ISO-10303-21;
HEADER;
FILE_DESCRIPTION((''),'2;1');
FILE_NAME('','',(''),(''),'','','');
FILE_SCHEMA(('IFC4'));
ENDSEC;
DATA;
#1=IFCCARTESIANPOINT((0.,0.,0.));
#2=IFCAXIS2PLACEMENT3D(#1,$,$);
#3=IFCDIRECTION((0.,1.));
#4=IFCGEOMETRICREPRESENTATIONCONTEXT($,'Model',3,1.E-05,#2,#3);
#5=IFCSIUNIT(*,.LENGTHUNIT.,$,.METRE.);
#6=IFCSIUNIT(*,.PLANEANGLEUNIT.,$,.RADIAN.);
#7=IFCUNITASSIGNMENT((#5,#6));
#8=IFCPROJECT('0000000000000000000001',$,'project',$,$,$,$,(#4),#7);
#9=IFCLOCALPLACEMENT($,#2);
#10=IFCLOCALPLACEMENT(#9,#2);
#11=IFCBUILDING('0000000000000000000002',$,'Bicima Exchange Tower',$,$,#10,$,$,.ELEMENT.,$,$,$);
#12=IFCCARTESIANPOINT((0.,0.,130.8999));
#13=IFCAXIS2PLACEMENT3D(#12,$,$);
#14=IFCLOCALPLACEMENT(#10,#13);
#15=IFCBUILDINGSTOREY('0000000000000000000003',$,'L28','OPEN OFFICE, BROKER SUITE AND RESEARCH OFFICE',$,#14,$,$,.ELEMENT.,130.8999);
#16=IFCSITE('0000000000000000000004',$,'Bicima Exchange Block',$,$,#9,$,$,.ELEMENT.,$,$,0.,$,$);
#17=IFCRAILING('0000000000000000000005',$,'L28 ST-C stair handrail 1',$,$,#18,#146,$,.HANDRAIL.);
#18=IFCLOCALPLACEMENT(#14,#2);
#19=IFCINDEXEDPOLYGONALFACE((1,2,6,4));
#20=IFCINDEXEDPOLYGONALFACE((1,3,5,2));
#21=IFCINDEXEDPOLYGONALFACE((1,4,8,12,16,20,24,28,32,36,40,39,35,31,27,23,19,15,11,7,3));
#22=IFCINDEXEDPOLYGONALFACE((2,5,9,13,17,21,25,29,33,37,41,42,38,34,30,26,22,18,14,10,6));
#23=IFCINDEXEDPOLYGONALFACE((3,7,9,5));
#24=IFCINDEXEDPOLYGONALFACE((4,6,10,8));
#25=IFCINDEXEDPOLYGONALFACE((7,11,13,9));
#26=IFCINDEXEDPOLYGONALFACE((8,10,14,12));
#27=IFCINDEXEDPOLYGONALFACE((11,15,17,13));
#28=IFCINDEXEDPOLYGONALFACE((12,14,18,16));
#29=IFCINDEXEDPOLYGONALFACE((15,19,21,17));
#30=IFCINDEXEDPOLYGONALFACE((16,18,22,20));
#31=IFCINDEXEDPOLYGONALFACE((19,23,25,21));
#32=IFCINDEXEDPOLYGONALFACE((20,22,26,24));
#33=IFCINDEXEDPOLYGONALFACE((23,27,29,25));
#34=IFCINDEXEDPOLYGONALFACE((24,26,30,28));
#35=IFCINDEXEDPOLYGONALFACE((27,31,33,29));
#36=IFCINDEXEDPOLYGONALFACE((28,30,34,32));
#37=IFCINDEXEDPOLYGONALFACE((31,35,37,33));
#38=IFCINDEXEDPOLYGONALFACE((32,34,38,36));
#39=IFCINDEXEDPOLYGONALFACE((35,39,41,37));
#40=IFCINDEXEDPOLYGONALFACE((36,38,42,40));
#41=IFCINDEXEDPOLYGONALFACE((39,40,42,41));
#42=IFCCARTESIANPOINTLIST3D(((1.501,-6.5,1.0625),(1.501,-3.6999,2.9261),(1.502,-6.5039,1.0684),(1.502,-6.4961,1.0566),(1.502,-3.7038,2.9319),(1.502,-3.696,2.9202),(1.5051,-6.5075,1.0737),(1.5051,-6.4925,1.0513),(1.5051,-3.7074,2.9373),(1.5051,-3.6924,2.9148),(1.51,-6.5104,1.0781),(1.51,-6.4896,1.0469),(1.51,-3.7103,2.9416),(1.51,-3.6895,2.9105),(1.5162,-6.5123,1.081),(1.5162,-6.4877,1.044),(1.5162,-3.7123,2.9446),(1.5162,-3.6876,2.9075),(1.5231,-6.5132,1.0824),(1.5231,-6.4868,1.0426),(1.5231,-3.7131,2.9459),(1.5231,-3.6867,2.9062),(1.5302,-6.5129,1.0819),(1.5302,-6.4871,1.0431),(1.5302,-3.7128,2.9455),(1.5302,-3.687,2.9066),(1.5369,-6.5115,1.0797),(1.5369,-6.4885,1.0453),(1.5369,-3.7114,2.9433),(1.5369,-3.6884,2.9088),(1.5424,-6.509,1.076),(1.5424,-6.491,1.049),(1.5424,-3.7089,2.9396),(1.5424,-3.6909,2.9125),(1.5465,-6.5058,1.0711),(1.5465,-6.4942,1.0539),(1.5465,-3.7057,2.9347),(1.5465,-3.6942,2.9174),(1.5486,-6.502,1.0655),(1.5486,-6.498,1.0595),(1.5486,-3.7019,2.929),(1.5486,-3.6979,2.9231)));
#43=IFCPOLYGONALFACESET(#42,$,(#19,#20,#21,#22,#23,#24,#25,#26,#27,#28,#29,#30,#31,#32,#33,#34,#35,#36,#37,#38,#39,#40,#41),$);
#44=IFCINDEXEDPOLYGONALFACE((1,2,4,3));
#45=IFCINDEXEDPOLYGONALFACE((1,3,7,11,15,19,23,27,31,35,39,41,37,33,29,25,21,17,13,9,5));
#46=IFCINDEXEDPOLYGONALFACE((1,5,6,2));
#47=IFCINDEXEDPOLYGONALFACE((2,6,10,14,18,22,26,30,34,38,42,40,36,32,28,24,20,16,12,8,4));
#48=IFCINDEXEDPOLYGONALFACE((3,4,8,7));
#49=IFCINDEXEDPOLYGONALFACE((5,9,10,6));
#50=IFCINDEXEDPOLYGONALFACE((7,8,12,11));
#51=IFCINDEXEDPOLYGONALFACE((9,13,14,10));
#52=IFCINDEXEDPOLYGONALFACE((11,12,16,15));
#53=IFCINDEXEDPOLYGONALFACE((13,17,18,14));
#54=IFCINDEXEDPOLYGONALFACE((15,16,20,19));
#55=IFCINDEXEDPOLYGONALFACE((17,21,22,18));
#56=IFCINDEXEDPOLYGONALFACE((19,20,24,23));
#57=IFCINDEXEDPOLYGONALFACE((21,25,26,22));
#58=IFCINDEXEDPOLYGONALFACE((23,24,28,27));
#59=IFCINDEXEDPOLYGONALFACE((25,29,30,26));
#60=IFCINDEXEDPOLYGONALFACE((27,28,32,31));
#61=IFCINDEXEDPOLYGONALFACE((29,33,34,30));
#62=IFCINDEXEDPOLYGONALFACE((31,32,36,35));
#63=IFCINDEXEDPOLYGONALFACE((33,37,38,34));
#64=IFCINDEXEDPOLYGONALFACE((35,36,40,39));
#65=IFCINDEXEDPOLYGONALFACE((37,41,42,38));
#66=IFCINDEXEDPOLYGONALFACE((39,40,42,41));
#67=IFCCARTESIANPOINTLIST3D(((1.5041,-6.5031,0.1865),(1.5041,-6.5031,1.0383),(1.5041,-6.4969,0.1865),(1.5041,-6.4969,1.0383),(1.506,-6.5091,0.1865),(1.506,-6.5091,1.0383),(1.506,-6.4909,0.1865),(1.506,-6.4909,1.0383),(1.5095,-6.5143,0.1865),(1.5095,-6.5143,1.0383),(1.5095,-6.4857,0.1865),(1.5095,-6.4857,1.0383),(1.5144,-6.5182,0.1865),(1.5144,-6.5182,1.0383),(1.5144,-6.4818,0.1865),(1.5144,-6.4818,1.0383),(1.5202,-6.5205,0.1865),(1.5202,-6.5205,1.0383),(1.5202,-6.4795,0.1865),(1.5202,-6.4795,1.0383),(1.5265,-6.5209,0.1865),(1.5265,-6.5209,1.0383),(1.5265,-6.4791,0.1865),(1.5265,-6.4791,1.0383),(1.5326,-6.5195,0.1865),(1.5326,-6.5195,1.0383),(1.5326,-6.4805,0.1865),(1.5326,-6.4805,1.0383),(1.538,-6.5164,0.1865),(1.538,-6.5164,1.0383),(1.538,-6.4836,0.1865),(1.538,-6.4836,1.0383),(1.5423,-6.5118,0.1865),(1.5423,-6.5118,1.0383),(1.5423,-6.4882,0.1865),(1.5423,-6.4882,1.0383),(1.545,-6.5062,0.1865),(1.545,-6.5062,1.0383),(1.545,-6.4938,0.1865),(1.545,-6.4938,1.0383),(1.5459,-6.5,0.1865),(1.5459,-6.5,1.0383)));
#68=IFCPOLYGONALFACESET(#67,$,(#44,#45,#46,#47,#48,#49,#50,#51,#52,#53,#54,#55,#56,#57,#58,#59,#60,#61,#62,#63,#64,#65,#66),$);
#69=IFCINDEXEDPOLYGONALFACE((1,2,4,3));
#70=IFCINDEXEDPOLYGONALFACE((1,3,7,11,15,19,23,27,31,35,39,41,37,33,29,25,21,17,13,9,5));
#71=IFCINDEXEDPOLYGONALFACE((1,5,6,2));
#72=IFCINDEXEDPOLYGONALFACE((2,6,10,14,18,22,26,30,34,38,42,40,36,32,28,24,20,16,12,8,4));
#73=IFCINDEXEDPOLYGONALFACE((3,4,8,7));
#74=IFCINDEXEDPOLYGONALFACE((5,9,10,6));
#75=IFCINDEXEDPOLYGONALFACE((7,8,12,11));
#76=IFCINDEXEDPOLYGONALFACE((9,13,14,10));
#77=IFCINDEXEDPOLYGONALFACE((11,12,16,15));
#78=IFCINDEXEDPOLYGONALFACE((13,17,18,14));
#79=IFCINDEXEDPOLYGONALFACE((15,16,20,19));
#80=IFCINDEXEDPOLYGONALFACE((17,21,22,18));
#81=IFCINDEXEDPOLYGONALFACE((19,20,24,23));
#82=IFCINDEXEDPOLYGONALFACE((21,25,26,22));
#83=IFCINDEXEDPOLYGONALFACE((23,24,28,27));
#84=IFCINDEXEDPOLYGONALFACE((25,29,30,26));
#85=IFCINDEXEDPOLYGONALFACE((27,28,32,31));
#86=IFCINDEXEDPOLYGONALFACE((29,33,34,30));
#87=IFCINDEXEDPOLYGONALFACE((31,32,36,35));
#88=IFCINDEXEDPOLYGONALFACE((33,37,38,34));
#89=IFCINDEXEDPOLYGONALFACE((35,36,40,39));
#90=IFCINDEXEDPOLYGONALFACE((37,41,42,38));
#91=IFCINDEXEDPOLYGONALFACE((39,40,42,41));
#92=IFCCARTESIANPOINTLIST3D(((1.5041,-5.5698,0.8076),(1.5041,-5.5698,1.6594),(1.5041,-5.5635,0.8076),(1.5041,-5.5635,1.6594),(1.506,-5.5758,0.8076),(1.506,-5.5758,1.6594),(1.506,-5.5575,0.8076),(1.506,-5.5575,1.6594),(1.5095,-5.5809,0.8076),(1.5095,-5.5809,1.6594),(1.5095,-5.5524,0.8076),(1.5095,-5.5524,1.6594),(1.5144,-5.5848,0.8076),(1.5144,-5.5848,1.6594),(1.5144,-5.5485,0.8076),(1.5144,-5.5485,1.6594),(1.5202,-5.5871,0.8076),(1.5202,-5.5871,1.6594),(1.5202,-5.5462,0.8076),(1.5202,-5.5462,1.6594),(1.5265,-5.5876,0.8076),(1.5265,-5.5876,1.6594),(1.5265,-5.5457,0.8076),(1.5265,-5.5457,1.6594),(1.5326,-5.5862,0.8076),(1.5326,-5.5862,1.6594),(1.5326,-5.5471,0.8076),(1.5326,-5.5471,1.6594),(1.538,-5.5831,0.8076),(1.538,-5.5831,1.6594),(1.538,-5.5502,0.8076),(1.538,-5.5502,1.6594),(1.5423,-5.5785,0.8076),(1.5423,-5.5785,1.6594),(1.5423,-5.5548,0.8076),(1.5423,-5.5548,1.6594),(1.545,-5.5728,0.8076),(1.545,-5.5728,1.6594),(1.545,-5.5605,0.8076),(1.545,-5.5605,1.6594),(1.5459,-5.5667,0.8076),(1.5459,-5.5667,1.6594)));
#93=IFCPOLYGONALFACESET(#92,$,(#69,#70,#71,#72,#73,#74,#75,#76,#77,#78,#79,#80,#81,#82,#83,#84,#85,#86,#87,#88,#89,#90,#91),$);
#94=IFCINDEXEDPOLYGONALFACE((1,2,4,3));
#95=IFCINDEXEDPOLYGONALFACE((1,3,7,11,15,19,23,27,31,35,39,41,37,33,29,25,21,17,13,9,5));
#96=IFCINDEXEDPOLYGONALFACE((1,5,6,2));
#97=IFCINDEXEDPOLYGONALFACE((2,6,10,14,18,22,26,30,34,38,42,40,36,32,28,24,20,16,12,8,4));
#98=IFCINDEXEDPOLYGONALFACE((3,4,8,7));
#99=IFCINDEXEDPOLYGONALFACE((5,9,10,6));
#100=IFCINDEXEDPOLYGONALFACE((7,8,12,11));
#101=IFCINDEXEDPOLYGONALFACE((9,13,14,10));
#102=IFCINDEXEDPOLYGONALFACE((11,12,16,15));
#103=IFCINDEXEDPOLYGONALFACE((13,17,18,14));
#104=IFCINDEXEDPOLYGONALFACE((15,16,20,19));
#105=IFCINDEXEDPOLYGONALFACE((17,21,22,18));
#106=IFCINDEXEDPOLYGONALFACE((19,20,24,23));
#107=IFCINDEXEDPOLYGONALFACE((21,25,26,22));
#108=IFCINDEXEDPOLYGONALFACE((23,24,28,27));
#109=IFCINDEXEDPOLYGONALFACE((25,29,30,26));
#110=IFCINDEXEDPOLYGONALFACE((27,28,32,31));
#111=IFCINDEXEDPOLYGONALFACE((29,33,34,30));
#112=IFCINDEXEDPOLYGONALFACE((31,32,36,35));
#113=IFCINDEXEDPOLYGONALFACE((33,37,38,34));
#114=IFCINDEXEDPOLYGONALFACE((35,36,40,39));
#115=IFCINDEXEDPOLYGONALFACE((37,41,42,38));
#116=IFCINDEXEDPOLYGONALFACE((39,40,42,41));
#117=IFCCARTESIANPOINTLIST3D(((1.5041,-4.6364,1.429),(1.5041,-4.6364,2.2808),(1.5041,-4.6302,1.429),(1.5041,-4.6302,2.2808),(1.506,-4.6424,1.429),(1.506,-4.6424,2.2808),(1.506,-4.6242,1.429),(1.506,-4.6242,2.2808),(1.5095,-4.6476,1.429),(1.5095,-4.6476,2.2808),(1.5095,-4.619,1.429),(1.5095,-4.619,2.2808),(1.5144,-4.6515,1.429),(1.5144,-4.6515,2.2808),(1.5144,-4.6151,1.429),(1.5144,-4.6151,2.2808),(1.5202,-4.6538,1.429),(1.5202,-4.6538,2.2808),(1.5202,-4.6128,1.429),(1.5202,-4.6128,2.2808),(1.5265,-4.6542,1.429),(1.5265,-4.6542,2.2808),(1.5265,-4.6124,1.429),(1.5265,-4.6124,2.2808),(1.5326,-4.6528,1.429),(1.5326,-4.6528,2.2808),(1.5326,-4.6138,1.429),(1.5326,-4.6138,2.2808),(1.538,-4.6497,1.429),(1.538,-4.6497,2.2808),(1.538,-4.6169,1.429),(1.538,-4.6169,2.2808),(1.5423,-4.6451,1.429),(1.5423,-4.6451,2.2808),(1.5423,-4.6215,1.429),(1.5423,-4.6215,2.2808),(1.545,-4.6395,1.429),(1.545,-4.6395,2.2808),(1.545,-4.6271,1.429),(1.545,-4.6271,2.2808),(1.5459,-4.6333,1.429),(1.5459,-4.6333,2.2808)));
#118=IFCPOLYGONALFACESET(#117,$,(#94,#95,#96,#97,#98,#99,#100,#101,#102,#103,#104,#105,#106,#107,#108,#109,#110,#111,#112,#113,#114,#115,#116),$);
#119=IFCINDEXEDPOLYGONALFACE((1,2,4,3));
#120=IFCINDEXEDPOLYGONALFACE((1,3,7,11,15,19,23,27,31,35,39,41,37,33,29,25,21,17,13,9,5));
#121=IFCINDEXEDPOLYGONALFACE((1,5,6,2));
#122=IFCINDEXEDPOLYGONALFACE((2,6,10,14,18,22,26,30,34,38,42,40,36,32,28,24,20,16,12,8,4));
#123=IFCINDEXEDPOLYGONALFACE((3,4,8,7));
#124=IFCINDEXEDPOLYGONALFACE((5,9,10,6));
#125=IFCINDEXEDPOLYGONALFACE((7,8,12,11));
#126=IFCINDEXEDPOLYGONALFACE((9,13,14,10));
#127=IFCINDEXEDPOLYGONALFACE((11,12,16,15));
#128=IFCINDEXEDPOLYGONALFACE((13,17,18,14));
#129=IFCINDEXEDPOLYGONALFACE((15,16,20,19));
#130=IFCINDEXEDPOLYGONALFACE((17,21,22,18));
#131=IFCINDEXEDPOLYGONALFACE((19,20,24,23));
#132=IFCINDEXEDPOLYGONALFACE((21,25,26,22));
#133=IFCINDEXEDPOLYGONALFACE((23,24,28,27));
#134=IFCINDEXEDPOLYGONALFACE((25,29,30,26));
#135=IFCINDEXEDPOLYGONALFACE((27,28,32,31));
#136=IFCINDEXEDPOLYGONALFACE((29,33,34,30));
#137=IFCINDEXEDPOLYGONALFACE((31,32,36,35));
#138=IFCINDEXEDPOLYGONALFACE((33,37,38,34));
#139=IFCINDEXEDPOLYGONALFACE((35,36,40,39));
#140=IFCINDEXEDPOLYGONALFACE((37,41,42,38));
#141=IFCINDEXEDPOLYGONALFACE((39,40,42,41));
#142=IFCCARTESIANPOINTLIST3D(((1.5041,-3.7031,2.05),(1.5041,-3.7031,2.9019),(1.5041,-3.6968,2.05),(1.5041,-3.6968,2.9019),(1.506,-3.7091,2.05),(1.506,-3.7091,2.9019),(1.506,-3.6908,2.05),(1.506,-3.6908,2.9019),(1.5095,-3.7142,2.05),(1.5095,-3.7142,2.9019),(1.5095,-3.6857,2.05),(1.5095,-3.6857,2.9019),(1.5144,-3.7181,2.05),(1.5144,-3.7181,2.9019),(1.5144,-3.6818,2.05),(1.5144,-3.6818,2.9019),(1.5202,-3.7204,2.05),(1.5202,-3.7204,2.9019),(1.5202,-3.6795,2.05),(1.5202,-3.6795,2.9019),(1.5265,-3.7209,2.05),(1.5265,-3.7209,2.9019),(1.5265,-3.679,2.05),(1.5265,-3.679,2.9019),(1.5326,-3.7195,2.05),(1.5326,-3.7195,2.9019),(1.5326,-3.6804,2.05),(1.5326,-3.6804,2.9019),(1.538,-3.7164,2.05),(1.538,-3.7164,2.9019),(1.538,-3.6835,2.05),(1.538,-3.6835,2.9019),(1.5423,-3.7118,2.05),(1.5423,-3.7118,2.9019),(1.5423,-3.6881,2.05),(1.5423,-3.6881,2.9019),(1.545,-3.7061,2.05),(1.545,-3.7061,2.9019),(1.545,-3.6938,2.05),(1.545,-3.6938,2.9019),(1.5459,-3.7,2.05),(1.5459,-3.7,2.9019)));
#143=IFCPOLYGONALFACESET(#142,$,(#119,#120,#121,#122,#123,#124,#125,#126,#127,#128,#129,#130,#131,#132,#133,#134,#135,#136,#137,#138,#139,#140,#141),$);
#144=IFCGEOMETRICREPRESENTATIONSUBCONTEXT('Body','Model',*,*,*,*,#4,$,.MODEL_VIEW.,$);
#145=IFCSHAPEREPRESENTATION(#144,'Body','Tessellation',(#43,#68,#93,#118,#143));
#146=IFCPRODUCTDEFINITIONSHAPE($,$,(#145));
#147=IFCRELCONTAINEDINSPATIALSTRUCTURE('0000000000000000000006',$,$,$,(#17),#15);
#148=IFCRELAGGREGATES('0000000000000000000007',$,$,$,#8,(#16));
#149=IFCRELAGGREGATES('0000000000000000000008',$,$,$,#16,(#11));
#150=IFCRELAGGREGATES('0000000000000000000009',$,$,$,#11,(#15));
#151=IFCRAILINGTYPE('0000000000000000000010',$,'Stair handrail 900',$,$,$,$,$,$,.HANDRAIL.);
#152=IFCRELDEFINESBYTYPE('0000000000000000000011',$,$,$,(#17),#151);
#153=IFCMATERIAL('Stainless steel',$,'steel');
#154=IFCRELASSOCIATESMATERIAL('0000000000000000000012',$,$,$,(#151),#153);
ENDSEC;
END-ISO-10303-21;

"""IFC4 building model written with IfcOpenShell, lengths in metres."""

from ifc_helpers import new_model, si_unit, direction, frame, origin, origin_2d, place, context, subcontext, project, spatial, circle, extrude, material, type_object, element, save


model = new_model("IFC4")

# Units and contexts
model_context = context("Model", 3, precision=1e-05, world=origin(), true_north=direction((0.0, 1.0)))
body_context = subcontext(model_context, "Body", "Model", "MODEL_VIEW")
ifc_project = project(units=[si_unit("LENGTHUNIT", "METRE"), si_unit("PLANEANGLEUNIT", "RADIAN")], contexts=[model_context])

# Site, building, storey
site_placement = place(None, origin())
site = spatial("IfcSite", under=ifc_project, at=site_placement, Name="Bicima Exchange Block", CompositionType="ELEMENT", RefElevation=0.0)
building_placement = place(site_placement, origin())
building = spatial("IfcBuilding", under=site, at=building_placement, Name="Bicima Exchange Tower", CompositionType="ELEMENT")
storey_placement = place(building_placement, frame((0.0, 0.0, 130.8999)))
storey = spatial("IfcBuildingStorey", under=building, at=storey_placement, Name="L28", Description="OPEN OFFICE, BROKER SUITE AND RESEARCH OFFICE", CompositionType="ELEMENT", Elevation=130.8999)

# Shared definitions
ifc_material_1 = material(Name="Stainless steel", Category="steel")

# Railing
railing_type_1 = type_object("IfcRailingType", Name="Stair handrail 900", PredefinedType="HANDRAIL", material=ifc_material_1)
railing_1_placement = place(storey_placement, frame((1.5249, -6.5, 0.1865)))
element("IfcRailing", 1, at=railing_1_placement, inside=storey, type_object=railing_type_1, Name="L28 ST-C stair handrail 1", PredefinedType="HANDRAIL", context=body_context, shape_type="SweptSolid", body=[
    extrude(circle(Radius=0.0239, at=origin_2d()), frame((0.0, 0.0, 0.876), z_axis=(0.0, 0.832486, 0.554047), x_axis=(-1.0, 0.0, 0.0)), (0.0, 0.0, 1.0), 3.3635),
    extrude(circle(Radius=0.021, at=origin_2d()), origin(), (0.0, 0.0, 1.0), 0.8518),
    extrude(circle(Radius=0.021, at=origin_2d()), frame((0.0, 0.9333, 0.6211)), (0.0, 0.0, 1.0), 0.8518),
    extrude(circle(Radius=0.021, at=origin_2d()), frame((0.0, 1.8667, 1.2424)), (0.0, 0.0, 1.0), 0.8518),
    extrude(circle(Radius=0.021, at=origin_2d()), frame((0.0, 2.8, 1.8635)), (0.0, 0.0, 1.0), 0.8518),
])

save(model, "model.ifc")
